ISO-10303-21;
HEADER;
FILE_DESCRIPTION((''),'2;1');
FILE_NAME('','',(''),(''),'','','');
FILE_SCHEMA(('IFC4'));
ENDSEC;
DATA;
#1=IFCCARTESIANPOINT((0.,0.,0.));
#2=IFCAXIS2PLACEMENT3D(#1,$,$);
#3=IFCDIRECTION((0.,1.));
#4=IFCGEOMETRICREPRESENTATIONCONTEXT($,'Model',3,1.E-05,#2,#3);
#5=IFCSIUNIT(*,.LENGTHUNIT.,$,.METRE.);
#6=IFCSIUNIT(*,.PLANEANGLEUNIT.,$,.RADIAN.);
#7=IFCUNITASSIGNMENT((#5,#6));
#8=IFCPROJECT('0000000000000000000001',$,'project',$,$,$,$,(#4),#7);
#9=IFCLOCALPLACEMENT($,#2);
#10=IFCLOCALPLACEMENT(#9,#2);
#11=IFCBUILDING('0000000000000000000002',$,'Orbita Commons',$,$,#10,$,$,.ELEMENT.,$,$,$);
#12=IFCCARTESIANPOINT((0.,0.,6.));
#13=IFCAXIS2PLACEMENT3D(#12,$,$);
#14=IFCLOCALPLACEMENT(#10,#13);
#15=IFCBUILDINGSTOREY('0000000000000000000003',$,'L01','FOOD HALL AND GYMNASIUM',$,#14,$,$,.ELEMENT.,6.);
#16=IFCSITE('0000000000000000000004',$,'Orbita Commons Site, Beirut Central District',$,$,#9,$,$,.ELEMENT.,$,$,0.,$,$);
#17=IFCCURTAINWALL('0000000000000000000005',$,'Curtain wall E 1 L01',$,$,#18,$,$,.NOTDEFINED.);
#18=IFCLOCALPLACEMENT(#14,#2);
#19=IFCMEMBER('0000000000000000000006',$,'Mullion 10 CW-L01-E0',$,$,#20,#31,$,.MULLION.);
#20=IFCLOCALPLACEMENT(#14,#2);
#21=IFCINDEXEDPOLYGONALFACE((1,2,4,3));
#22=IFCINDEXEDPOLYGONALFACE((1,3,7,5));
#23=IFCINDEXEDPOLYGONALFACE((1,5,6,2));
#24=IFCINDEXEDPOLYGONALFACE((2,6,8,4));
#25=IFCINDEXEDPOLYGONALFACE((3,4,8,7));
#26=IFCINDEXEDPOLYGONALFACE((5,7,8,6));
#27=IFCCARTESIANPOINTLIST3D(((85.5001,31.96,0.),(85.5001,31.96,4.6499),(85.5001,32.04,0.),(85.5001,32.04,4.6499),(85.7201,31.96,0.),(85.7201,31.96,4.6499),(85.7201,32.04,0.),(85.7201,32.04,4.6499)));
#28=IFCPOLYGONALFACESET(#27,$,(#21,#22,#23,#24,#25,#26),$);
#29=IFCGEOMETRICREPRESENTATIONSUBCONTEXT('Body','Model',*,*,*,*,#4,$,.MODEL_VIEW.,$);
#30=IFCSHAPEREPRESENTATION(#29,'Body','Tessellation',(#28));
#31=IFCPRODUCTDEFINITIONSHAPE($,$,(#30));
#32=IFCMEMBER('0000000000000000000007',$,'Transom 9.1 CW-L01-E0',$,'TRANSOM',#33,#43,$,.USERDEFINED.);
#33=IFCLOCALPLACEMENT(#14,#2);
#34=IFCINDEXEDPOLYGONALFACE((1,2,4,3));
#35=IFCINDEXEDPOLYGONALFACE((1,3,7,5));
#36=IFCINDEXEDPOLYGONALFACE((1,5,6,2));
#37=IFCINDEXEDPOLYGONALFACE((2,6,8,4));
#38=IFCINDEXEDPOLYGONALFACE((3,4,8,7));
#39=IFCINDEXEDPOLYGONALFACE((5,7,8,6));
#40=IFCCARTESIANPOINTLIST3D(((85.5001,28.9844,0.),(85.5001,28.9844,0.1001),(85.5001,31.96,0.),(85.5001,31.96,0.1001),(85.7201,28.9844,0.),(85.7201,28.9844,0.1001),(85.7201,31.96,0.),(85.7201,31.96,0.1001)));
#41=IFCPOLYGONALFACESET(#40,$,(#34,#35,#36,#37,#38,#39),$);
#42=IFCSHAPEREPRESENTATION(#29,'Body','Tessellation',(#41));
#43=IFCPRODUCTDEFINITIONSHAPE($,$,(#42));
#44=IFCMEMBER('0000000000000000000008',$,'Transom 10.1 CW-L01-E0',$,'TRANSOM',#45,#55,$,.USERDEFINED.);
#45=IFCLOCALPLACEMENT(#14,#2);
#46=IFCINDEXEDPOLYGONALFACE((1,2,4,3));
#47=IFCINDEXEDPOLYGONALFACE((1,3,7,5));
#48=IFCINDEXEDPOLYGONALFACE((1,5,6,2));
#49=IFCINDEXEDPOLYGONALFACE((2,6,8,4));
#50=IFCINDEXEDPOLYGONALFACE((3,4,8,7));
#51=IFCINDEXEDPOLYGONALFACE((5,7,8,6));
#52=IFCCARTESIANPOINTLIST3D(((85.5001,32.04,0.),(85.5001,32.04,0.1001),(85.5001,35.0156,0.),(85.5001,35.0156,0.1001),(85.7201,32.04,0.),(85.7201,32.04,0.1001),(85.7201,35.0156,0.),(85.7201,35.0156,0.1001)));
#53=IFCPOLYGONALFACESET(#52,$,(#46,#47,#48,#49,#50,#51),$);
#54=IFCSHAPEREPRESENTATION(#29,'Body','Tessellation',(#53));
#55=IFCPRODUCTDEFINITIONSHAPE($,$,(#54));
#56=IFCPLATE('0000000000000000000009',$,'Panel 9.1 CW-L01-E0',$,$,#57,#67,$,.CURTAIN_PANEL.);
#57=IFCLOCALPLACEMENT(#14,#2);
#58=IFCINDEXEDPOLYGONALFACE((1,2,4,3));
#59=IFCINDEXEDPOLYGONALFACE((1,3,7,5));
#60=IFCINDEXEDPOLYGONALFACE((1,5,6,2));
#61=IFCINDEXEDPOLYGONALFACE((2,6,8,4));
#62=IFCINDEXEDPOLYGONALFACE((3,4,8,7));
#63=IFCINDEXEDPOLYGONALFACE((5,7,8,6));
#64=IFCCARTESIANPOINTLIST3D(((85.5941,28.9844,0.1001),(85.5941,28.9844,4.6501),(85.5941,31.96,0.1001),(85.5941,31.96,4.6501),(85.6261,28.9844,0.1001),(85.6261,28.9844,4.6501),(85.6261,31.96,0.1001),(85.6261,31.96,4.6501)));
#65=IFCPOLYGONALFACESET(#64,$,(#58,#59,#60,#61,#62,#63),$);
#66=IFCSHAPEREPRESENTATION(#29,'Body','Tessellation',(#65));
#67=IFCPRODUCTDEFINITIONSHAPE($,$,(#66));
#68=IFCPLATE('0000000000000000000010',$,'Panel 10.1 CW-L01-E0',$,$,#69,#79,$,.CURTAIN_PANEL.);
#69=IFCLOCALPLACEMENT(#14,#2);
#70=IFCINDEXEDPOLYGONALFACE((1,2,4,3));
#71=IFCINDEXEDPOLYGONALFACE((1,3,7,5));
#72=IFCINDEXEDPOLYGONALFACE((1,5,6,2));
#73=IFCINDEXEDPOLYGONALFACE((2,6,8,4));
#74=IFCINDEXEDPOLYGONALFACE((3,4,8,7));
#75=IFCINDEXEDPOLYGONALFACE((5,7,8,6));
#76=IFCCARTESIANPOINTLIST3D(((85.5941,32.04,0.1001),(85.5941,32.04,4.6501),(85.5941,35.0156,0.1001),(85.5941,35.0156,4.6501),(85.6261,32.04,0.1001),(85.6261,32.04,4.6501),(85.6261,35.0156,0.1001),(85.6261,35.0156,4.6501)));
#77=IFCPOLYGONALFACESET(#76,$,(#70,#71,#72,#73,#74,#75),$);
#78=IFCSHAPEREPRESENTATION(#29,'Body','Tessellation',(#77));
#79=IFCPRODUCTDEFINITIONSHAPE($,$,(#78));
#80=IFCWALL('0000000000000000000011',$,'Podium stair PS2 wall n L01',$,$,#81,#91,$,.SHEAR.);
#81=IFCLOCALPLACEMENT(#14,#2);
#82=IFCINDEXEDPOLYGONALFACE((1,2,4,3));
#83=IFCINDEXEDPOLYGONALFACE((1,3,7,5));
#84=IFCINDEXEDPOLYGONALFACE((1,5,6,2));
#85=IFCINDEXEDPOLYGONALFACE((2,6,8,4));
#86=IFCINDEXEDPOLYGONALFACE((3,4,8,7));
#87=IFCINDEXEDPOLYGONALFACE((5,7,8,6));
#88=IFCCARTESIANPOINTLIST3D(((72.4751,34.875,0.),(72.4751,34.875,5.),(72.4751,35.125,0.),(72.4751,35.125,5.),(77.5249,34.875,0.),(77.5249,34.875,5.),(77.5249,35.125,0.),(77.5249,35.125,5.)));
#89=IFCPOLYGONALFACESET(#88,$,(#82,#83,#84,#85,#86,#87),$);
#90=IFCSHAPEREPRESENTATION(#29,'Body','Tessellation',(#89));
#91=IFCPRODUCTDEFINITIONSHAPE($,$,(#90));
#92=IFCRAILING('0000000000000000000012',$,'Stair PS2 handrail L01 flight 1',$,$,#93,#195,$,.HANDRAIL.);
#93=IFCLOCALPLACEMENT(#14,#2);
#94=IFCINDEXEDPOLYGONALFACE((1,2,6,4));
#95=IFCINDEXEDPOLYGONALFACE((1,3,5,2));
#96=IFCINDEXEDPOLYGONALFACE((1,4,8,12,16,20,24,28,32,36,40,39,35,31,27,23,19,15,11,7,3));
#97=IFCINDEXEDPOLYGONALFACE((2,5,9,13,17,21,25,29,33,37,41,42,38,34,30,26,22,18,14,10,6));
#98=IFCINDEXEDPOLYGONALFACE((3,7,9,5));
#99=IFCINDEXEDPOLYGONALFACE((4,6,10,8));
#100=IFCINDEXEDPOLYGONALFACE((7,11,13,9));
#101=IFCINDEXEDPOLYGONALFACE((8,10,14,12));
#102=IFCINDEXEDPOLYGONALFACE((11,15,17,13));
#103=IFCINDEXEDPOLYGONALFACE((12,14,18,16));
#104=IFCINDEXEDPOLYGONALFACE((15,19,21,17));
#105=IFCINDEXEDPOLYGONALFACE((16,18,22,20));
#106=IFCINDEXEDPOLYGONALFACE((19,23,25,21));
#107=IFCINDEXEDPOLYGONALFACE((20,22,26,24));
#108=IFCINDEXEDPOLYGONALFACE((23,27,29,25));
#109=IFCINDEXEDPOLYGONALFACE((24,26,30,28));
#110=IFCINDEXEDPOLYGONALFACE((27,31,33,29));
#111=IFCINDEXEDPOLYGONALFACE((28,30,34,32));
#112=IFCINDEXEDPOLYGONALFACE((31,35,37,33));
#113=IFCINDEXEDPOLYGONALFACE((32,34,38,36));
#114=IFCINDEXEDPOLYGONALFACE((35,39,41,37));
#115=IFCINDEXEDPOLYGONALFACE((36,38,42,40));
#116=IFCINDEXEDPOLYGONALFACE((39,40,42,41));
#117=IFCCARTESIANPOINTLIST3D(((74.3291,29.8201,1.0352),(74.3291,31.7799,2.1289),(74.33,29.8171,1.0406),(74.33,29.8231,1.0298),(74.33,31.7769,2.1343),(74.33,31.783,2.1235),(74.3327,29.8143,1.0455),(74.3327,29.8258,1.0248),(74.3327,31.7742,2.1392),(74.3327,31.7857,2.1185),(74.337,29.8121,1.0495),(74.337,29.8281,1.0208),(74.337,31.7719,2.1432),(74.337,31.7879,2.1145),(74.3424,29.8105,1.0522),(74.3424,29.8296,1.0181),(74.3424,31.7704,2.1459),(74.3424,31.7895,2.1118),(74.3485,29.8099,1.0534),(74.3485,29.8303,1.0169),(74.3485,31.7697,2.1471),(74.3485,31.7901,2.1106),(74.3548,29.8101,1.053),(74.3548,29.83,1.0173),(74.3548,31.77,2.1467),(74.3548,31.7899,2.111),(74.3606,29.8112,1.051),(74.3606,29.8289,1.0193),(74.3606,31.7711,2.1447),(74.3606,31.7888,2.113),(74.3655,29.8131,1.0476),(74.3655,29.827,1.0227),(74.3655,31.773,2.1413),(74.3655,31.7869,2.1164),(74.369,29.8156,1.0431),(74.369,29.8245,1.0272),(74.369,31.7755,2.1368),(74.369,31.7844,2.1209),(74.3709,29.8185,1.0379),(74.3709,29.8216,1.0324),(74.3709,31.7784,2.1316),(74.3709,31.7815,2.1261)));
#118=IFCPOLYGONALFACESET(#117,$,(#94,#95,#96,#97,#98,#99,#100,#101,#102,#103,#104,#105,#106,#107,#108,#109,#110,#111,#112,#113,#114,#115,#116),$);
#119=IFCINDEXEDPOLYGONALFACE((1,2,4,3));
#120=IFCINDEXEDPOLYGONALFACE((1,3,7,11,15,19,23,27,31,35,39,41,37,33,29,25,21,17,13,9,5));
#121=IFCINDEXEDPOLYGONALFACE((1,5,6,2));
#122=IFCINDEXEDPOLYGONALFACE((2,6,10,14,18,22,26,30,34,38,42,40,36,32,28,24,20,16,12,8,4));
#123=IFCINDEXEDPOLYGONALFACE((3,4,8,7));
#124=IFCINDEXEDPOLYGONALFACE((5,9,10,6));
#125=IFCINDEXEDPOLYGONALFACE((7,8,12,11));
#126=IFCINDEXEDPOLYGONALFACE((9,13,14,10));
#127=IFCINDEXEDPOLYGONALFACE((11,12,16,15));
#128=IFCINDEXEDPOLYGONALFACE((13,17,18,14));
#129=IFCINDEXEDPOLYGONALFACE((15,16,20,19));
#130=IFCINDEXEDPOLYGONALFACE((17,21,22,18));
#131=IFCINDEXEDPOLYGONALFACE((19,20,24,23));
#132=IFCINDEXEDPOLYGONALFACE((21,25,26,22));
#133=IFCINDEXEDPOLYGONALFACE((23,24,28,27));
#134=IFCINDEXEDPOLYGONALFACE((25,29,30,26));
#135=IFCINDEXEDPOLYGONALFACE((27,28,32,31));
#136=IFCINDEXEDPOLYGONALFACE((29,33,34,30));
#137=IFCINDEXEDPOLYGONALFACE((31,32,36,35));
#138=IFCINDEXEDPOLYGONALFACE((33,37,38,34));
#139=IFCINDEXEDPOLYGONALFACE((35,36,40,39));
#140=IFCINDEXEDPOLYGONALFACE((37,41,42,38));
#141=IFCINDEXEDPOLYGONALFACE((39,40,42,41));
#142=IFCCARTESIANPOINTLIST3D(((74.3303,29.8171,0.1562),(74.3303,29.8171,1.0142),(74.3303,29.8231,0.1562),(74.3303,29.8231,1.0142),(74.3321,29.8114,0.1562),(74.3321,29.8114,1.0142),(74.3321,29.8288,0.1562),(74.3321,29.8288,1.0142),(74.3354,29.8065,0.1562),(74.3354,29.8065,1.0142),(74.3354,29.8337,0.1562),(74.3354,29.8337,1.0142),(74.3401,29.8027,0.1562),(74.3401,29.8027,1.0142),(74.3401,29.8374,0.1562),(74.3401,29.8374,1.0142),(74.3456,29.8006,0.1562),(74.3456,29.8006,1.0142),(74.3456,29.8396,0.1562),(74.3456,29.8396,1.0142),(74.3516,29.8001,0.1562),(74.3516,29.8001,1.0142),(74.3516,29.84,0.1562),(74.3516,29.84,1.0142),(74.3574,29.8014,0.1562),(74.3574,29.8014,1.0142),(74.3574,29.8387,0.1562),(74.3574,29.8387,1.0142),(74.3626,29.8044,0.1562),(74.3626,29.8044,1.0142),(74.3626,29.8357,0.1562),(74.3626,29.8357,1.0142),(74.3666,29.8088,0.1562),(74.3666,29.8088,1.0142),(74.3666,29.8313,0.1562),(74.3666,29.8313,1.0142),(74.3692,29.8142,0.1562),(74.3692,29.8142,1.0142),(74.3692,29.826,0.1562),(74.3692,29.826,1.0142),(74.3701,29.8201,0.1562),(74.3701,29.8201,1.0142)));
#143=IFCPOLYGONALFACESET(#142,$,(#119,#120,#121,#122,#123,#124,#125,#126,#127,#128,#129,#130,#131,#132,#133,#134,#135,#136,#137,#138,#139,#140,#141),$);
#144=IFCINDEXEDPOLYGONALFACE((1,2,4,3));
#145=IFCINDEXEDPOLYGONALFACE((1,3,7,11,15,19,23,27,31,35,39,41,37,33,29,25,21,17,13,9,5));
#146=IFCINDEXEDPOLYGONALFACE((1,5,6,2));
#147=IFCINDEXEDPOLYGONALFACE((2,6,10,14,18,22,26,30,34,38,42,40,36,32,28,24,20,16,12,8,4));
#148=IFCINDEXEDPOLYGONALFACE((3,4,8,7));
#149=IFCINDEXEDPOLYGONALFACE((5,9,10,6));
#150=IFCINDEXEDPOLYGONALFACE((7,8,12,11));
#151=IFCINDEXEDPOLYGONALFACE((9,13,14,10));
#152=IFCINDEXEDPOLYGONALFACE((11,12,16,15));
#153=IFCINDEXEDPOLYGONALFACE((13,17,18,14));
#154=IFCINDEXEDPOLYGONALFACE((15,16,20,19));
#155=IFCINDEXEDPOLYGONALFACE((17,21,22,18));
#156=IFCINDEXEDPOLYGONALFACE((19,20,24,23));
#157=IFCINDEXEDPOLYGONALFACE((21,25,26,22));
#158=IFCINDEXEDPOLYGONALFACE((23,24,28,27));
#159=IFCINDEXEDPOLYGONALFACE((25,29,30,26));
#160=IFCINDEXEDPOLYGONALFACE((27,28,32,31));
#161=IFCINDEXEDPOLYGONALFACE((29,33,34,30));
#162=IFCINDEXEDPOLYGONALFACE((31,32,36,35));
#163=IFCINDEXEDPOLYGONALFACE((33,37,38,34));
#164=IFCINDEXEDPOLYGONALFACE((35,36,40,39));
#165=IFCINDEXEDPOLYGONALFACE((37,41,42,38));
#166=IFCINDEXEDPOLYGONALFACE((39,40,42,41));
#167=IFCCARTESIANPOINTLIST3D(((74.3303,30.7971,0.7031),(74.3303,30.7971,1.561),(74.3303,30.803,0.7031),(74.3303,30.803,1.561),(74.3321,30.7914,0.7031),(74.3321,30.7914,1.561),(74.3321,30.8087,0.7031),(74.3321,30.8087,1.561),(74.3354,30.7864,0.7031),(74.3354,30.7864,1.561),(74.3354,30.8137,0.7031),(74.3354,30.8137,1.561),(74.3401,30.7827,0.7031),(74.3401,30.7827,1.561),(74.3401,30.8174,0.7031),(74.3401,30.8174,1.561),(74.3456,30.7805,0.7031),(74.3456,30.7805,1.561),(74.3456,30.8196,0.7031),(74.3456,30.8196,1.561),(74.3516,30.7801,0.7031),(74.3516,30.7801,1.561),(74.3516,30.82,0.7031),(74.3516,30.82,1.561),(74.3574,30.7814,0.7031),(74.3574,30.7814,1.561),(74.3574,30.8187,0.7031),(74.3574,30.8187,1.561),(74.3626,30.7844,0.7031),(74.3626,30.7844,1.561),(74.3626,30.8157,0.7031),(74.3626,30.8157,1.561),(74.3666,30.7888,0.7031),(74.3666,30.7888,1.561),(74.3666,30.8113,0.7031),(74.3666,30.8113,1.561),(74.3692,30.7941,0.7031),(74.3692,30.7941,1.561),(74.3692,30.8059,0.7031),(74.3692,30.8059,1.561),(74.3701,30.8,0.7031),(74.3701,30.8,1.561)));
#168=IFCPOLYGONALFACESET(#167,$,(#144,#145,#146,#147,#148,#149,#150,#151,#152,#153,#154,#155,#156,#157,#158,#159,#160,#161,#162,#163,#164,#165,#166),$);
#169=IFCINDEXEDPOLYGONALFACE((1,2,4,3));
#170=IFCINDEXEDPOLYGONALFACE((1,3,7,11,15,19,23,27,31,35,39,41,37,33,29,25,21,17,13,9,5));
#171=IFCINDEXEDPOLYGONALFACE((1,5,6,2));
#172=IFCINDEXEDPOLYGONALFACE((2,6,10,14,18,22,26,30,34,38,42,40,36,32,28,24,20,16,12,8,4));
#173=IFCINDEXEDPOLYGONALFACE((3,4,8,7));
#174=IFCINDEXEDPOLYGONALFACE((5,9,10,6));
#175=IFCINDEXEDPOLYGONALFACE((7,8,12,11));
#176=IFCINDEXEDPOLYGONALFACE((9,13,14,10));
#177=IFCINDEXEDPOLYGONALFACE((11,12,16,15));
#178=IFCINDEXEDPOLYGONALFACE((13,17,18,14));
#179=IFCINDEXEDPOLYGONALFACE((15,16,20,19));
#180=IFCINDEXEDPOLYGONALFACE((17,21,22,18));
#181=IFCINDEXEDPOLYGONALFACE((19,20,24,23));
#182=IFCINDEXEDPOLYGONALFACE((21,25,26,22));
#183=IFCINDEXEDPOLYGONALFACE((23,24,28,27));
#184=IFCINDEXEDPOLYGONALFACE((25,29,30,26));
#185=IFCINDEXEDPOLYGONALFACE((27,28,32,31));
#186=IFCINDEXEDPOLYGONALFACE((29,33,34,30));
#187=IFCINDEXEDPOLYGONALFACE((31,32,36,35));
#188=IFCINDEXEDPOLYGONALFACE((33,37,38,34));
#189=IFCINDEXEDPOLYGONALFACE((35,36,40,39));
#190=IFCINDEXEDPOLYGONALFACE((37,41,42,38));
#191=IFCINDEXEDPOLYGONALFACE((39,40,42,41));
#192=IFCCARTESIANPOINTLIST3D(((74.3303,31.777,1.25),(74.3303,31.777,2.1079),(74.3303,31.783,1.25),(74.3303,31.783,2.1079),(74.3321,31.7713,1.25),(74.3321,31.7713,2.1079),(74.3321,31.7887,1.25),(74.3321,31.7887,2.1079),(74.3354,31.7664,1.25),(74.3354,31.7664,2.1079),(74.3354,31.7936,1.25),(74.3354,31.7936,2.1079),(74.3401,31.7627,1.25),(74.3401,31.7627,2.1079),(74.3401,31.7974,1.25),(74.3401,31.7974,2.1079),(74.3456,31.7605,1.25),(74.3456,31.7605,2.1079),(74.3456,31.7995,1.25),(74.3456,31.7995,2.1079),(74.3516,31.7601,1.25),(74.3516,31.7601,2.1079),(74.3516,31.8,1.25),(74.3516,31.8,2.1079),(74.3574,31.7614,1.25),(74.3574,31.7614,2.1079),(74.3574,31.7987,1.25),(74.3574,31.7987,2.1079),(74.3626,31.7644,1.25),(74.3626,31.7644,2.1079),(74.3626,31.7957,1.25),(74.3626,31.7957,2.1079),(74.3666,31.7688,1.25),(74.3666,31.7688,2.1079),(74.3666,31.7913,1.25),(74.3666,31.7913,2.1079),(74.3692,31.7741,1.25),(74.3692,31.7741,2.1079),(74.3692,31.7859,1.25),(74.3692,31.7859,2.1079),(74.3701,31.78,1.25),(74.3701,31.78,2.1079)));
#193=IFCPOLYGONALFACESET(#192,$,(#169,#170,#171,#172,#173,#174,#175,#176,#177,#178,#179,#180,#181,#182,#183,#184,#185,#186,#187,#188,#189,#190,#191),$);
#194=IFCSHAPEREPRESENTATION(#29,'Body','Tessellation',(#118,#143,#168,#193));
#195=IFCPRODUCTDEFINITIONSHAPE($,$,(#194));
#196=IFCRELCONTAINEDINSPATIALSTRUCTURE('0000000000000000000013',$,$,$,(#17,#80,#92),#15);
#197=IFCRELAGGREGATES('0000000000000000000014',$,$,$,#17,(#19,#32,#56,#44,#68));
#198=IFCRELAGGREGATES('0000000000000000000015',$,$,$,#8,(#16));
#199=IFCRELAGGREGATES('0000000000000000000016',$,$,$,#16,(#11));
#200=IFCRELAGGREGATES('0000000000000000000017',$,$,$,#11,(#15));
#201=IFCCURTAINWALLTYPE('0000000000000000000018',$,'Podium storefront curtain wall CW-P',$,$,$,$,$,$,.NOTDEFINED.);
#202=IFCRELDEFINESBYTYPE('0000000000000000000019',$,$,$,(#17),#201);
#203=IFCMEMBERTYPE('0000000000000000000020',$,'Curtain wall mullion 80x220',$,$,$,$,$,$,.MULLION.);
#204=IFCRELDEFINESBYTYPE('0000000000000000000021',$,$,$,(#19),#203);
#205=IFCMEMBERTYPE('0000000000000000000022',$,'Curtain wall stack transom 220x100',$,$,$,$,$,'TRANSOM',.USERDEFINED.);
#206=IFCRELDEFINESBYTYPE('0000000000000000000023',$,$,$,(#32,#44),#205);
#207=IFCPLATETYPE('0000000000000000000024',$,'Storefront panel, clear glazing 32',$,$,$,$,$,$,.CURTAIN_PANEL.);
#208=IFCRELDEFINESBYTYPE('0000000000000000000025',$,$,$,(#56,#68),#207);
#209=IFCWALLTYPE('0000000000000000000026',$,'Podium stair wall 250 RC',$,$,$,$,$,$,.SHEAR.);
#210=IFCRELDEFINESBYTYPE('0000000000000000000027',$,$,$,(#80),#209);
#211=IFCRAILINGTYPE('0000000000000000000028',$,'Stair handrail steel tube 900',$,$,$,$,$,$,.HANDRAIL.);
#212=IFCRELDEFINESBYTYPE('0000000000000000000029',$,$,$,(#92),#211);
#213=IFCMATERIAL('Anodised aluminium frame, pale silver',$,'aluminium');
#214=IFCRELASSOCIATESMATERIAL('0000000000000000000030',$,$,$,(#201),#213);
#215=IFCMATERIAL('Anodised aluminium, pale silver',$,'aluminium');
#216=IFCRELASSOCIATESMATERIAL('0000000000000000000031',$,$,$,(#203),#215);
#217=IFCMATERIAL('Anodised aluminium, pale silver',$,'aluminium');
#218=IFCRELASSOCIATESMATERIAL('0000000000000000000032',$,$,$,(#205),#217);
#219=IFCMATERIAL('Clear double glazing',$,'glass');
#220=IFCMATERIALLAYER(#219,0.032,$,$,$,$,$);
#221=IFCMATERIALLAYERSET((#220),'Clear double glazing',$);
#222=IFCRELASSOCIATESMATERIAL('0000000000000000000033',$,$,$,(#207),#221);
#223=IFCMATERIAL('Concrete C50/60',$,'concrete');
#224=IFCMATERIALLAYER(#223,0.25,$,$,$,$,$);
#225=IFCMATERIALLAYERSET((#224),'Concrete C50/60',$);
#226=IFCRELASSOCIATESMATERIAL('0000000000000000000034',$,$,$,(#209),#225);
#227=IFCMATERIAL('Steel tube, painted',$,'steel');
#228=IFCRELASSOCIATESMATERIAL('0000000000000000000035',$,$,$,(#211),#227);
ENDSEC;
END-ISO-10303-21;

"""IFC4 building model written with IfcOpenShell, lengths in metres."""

from ifc_helpers import new_model, si_unit, direction, frame, frame_2d, origin, origin_2d, place, context, subcontext, project, spatial, rectangle, circle, extrude, material, layer, layer_set, material_profile, profile_set, type_object, element, aggregate, save


model = new_model("IFC4")

# Units and contexts
model_context = context("Model", 3, precision=1e-05, world=origin(), true_north=direction((0.0, 1.0)))
body_context = subcontext(model_context, "Body", "Model", "MODEL_VIEW")
ifc_project = project(units=[si_unit("LENGTHUNIT", "METRE"), si_unit("PLANEANGLEUNIT", "RADIAN")], contexts=[model_context])

# Site, building, storey
site_placement = place(None, origin())
site = spatial("IfcSite", under=ifc_project, at=site_placement, Name="Orbita Commons Site, Beirut Central District", CompositionType="ELEMENT", RefElevation=0.0)
building_placement = place(site_placement, origin())
building = spatial("IfcBuilding", under=site, at=building_placement, Name="Orbita Commons", CompositionType="ELEMENT")
storey_placement = place(building_placement, frame((0.0, 0.0, 6.0)))
storey = spatial("IfcBuildingStorey", under=building, at=storey_placement, Name="L01", Description="FOOD HALL AND GYMNASIUM", CompositionType="ELEMENT", Elevation=6.0)

# Curtain wall, members, plates
ifc_material_1 = material(Name="Anodised aluminium frame, pale silver", Category="aluminium")
curtain_wall_type = type_object("IfcCurtainWallType", Name="Podium storefront curtain wall CW-P", PredefinedType="NOTDEFINED", material=ifc_material_1)
curtain_wall_placement = place(storey_placement, origin())
curtain_wall = element("IfcCurtainWall", 1, at=curtain_wall_placement, inside=storey, type_object=curtain_wall_type, Name="Curtain wall E 1 L01", PredefinedType="NOTDEFINED")
ifc_material_2 = material(Name="Anodised aluminium, pale silver", Category="aluminium")
ifc_material_profile_1 = material_profile(ifc_material_2, rectangle(XDim=0.0801, YDim=0.22, at=origin_2d()), Name="AL 80x220")
ifc_profile_set_1 = profile_set([ifc_material_profile_1], Name="Anodised aluminium, pale silver")
member_type_1 = type_object("IfcMemberType", Name="Curtain wall mullion 80x220", PredefinedType="MULLION", material=ifc_profile_set_1)
member_1_placement = place(storey_placement, frame((85.6101, 32.0, 0.0), z_axis=(0.0, 0.0, 1.0), x_axis=(0.0, 1.0, 0.0)))
member_1 = element("IfcMember", 2, at=member_1_placement, type_object=member_type_1, Name="Mullion 10 CW-L01-E0", PredefinedType="MULLION", context=body_context, shape_type="SweptSolid", body=[
    extrude(rectangle(XDim=0.0801, YDim=0.22, at=origin_2d()), origin(), (0.0, 0.0, 1.0), 4.6499),
])
ifc_material_3 = material(Name="Anodised aluminium, pale silver", Category="aluminium")
ifc_material_profile_2 = material_profile(ifc_material_3, rectangle(XDim=0.22, YDim=0.1001, at=origin_2d()), Name="AL 220x100")
ifc_profile_set_2 = profile_set([ifc_material_profile_2], Name="Anodised aluminium, pale silver")
member_type_2 = type_object("IfcMemberType", Name="Curtain wall stack transom 220x100", ElementType="TRANSOM", PredefinedType="USERDEFINED", material=ifc_profile_set_2)
member_2_placement = place(storey_placement, frame((85.6101, 28.9844, 0.05), z_axis=(0.0, 1.0, 0.0), x_axis=(-1.0, 0.0, 0.0)))
member_2 = element("IfcMember", 3, at=member_2_placement, type_object=member_type_2, Name="Transom 9.1 CW-L01-E0", ObjectType="TRANSOM", PredefinedType="USERDEFINED", context=body_context, shape_type="SweptSolid", body=[
    extrude(rectangle(XDim=0.22, YDim=0.1001, at=origin_2d()), origin(), (0.0, 0.0, 1.0), 2.9756),
])
member_3_placement = place(storey_placement, frame((85.6101, 32.04, 0.05), z_axis=(0.0, 1.0, 0.0), x_axis=(-1.0, 0.0, 0.0)))
member_3 = element("IfcMember", 4, at=member_3_placement, type_object=member_type_2, Name="Transom 10.1 CW-L01-E0", ObjectType="TRANSOM", PredefinedType="USERDEFINED", context=body_context, shape_type="SweptSolid", body=[
    extrude(rectangle(XDim=0.22, YDim=0.1001, at=origin_2d()), origin(), (0.0, 0.0, 1.0), 2.9756),
])
ifc_material_4 = material(Name="Clear double glazing", Category="glass")
ifc_layer_1 = layer(ifc_material_4, 0.032)
ifc_layer_set_1 = layer_set([ifc_layer_1], Name="Clear double glazing")
plate_type = type_object("IfcPlateType", Name="Storefront panel, clear glazing 32", PredefinedType="CURTAIN_PANEL", material=ifc_layer_set_1)
plate_1_placement = place(storey_placement, frame((85.6101, 30.4722, 0.1001), z_axis=(0.0, 0.0, 1.0), x_axis=(0.0, 1.0, 0.0)))
plate_1 = element("IfcPlate", 5, at=plate_1_placement, type_object=plate_type, Name="Panel 9.1 CW-L01-E0", PredefinedType="CURTAIN_PANEL", context=body_context, shape_type="SweptSolid", body=[
    extrude(rectangle(XDim=2.9756, YDim=0.032, at=origin_2d()), origin(), (0.0, 0.0, 1.0), 4.55),
])
plate_2_placement = place(storey_placement, frame((85.6101, 33.5278, 0.1001), z_axis=(0.0, 0.0, 1.0), x_axis=(0.0, 1.0, 0.0)))
plate_2 = element("IfcPlate", 6, at=plate_2_placement, type_object=plate_type, Name="Panel 10.1 CW-L01-E0", PredefinedType="CURTAIN_PANEL", context=body_context, shape_type="SweptSolid", body=[
    extrude(rectangle(XDim=2.9756, YDim=0.032, at=origin_2d()), origin(), (0.0, 0.0, 1.0), 4.55),
])
aggregate(curtain_wall, [member_1, member_2, plate_1, member_3, plate_2])

# Wall
ifc_material_5 = material(Name="Concrete C50/60", Category="concrete")
ifc_layer_2 = layer(ifc_material_5, 0.25)
ifc_layer_set_2 = layer_set([ifc_layer_2], Name="Concrete C50/60")
wall_type = type_object("IfcWallType", Name="Podium stair wall 250 RC", PredefinedType="SHEAR", material=ifc_layer_set_2)
wall_placement = place(storey_placement, frame((77.5249, 35.0, 0.0), z_axis=(0.0, 0.0, 1.0), x_axis=(-1.0, 0.0, 0.0)))
element("IfcWall", 7, at=wall_placement, inside=storey, type_object=wall_type, Name="Podium stair PS2 wall n L01", PredefinedType="SHEAR", context=body_context, shape_type="SweptSolid", body=[
    extrude(rectangle(XDim=5.0498, YDim=0.25, at=frame_2d((2.5249, 0.0))), origin(), (0.0, 0.0, 1.0), 5.0),
])

# Railing
ifc_material_6 = material(Name="Steel tube, painted", Category="steel")
railing_type_1 = type_object("IfcRailingType", Name="Stair handrail steel tube 900", PredefinedType="HANDRAIL", material=ifc_material_6)
railing_1_placement = place(storey_placement, frame((74.3501, 29.8201, 0.1562)))
element("IfcRailing", 8, at=railing_1_placement, inside=storey, type_object=railing_type_1, Name="Stair PS2 handrail L01 flight 1", PredefinedType="HANDRAIL", context=body_context, shape_type="SweptSolid", body=[
    extrude(circle(Radius=0.021, at=origin_2d()), frame((0.0, 0.0, 0.8789), z_axis=(0.0, 0.873232, 0.487304), x_axis=(-1.0, 0.0, 0.0)), (0.0, 0.0, 1.0), 2.2444),
    extrude(circle(Radius=0.02, at=origin_2d()), origin(), (0.0, 0.0, 1.0), 0.8579),
    extrude(circle(Radius=0.02, at=origin_2d()), frame((0.0, 0.98, 0.5469)), (0.0, 0.0, 1.0), 0.8579),
    extrude(circle(Radius=0.02, at=origin_2d()), frame((0.0, 1.96, 1.0938)), (0.0, 0.0, 1.0), 0.8579),
])

save(model, "model.ifc")
